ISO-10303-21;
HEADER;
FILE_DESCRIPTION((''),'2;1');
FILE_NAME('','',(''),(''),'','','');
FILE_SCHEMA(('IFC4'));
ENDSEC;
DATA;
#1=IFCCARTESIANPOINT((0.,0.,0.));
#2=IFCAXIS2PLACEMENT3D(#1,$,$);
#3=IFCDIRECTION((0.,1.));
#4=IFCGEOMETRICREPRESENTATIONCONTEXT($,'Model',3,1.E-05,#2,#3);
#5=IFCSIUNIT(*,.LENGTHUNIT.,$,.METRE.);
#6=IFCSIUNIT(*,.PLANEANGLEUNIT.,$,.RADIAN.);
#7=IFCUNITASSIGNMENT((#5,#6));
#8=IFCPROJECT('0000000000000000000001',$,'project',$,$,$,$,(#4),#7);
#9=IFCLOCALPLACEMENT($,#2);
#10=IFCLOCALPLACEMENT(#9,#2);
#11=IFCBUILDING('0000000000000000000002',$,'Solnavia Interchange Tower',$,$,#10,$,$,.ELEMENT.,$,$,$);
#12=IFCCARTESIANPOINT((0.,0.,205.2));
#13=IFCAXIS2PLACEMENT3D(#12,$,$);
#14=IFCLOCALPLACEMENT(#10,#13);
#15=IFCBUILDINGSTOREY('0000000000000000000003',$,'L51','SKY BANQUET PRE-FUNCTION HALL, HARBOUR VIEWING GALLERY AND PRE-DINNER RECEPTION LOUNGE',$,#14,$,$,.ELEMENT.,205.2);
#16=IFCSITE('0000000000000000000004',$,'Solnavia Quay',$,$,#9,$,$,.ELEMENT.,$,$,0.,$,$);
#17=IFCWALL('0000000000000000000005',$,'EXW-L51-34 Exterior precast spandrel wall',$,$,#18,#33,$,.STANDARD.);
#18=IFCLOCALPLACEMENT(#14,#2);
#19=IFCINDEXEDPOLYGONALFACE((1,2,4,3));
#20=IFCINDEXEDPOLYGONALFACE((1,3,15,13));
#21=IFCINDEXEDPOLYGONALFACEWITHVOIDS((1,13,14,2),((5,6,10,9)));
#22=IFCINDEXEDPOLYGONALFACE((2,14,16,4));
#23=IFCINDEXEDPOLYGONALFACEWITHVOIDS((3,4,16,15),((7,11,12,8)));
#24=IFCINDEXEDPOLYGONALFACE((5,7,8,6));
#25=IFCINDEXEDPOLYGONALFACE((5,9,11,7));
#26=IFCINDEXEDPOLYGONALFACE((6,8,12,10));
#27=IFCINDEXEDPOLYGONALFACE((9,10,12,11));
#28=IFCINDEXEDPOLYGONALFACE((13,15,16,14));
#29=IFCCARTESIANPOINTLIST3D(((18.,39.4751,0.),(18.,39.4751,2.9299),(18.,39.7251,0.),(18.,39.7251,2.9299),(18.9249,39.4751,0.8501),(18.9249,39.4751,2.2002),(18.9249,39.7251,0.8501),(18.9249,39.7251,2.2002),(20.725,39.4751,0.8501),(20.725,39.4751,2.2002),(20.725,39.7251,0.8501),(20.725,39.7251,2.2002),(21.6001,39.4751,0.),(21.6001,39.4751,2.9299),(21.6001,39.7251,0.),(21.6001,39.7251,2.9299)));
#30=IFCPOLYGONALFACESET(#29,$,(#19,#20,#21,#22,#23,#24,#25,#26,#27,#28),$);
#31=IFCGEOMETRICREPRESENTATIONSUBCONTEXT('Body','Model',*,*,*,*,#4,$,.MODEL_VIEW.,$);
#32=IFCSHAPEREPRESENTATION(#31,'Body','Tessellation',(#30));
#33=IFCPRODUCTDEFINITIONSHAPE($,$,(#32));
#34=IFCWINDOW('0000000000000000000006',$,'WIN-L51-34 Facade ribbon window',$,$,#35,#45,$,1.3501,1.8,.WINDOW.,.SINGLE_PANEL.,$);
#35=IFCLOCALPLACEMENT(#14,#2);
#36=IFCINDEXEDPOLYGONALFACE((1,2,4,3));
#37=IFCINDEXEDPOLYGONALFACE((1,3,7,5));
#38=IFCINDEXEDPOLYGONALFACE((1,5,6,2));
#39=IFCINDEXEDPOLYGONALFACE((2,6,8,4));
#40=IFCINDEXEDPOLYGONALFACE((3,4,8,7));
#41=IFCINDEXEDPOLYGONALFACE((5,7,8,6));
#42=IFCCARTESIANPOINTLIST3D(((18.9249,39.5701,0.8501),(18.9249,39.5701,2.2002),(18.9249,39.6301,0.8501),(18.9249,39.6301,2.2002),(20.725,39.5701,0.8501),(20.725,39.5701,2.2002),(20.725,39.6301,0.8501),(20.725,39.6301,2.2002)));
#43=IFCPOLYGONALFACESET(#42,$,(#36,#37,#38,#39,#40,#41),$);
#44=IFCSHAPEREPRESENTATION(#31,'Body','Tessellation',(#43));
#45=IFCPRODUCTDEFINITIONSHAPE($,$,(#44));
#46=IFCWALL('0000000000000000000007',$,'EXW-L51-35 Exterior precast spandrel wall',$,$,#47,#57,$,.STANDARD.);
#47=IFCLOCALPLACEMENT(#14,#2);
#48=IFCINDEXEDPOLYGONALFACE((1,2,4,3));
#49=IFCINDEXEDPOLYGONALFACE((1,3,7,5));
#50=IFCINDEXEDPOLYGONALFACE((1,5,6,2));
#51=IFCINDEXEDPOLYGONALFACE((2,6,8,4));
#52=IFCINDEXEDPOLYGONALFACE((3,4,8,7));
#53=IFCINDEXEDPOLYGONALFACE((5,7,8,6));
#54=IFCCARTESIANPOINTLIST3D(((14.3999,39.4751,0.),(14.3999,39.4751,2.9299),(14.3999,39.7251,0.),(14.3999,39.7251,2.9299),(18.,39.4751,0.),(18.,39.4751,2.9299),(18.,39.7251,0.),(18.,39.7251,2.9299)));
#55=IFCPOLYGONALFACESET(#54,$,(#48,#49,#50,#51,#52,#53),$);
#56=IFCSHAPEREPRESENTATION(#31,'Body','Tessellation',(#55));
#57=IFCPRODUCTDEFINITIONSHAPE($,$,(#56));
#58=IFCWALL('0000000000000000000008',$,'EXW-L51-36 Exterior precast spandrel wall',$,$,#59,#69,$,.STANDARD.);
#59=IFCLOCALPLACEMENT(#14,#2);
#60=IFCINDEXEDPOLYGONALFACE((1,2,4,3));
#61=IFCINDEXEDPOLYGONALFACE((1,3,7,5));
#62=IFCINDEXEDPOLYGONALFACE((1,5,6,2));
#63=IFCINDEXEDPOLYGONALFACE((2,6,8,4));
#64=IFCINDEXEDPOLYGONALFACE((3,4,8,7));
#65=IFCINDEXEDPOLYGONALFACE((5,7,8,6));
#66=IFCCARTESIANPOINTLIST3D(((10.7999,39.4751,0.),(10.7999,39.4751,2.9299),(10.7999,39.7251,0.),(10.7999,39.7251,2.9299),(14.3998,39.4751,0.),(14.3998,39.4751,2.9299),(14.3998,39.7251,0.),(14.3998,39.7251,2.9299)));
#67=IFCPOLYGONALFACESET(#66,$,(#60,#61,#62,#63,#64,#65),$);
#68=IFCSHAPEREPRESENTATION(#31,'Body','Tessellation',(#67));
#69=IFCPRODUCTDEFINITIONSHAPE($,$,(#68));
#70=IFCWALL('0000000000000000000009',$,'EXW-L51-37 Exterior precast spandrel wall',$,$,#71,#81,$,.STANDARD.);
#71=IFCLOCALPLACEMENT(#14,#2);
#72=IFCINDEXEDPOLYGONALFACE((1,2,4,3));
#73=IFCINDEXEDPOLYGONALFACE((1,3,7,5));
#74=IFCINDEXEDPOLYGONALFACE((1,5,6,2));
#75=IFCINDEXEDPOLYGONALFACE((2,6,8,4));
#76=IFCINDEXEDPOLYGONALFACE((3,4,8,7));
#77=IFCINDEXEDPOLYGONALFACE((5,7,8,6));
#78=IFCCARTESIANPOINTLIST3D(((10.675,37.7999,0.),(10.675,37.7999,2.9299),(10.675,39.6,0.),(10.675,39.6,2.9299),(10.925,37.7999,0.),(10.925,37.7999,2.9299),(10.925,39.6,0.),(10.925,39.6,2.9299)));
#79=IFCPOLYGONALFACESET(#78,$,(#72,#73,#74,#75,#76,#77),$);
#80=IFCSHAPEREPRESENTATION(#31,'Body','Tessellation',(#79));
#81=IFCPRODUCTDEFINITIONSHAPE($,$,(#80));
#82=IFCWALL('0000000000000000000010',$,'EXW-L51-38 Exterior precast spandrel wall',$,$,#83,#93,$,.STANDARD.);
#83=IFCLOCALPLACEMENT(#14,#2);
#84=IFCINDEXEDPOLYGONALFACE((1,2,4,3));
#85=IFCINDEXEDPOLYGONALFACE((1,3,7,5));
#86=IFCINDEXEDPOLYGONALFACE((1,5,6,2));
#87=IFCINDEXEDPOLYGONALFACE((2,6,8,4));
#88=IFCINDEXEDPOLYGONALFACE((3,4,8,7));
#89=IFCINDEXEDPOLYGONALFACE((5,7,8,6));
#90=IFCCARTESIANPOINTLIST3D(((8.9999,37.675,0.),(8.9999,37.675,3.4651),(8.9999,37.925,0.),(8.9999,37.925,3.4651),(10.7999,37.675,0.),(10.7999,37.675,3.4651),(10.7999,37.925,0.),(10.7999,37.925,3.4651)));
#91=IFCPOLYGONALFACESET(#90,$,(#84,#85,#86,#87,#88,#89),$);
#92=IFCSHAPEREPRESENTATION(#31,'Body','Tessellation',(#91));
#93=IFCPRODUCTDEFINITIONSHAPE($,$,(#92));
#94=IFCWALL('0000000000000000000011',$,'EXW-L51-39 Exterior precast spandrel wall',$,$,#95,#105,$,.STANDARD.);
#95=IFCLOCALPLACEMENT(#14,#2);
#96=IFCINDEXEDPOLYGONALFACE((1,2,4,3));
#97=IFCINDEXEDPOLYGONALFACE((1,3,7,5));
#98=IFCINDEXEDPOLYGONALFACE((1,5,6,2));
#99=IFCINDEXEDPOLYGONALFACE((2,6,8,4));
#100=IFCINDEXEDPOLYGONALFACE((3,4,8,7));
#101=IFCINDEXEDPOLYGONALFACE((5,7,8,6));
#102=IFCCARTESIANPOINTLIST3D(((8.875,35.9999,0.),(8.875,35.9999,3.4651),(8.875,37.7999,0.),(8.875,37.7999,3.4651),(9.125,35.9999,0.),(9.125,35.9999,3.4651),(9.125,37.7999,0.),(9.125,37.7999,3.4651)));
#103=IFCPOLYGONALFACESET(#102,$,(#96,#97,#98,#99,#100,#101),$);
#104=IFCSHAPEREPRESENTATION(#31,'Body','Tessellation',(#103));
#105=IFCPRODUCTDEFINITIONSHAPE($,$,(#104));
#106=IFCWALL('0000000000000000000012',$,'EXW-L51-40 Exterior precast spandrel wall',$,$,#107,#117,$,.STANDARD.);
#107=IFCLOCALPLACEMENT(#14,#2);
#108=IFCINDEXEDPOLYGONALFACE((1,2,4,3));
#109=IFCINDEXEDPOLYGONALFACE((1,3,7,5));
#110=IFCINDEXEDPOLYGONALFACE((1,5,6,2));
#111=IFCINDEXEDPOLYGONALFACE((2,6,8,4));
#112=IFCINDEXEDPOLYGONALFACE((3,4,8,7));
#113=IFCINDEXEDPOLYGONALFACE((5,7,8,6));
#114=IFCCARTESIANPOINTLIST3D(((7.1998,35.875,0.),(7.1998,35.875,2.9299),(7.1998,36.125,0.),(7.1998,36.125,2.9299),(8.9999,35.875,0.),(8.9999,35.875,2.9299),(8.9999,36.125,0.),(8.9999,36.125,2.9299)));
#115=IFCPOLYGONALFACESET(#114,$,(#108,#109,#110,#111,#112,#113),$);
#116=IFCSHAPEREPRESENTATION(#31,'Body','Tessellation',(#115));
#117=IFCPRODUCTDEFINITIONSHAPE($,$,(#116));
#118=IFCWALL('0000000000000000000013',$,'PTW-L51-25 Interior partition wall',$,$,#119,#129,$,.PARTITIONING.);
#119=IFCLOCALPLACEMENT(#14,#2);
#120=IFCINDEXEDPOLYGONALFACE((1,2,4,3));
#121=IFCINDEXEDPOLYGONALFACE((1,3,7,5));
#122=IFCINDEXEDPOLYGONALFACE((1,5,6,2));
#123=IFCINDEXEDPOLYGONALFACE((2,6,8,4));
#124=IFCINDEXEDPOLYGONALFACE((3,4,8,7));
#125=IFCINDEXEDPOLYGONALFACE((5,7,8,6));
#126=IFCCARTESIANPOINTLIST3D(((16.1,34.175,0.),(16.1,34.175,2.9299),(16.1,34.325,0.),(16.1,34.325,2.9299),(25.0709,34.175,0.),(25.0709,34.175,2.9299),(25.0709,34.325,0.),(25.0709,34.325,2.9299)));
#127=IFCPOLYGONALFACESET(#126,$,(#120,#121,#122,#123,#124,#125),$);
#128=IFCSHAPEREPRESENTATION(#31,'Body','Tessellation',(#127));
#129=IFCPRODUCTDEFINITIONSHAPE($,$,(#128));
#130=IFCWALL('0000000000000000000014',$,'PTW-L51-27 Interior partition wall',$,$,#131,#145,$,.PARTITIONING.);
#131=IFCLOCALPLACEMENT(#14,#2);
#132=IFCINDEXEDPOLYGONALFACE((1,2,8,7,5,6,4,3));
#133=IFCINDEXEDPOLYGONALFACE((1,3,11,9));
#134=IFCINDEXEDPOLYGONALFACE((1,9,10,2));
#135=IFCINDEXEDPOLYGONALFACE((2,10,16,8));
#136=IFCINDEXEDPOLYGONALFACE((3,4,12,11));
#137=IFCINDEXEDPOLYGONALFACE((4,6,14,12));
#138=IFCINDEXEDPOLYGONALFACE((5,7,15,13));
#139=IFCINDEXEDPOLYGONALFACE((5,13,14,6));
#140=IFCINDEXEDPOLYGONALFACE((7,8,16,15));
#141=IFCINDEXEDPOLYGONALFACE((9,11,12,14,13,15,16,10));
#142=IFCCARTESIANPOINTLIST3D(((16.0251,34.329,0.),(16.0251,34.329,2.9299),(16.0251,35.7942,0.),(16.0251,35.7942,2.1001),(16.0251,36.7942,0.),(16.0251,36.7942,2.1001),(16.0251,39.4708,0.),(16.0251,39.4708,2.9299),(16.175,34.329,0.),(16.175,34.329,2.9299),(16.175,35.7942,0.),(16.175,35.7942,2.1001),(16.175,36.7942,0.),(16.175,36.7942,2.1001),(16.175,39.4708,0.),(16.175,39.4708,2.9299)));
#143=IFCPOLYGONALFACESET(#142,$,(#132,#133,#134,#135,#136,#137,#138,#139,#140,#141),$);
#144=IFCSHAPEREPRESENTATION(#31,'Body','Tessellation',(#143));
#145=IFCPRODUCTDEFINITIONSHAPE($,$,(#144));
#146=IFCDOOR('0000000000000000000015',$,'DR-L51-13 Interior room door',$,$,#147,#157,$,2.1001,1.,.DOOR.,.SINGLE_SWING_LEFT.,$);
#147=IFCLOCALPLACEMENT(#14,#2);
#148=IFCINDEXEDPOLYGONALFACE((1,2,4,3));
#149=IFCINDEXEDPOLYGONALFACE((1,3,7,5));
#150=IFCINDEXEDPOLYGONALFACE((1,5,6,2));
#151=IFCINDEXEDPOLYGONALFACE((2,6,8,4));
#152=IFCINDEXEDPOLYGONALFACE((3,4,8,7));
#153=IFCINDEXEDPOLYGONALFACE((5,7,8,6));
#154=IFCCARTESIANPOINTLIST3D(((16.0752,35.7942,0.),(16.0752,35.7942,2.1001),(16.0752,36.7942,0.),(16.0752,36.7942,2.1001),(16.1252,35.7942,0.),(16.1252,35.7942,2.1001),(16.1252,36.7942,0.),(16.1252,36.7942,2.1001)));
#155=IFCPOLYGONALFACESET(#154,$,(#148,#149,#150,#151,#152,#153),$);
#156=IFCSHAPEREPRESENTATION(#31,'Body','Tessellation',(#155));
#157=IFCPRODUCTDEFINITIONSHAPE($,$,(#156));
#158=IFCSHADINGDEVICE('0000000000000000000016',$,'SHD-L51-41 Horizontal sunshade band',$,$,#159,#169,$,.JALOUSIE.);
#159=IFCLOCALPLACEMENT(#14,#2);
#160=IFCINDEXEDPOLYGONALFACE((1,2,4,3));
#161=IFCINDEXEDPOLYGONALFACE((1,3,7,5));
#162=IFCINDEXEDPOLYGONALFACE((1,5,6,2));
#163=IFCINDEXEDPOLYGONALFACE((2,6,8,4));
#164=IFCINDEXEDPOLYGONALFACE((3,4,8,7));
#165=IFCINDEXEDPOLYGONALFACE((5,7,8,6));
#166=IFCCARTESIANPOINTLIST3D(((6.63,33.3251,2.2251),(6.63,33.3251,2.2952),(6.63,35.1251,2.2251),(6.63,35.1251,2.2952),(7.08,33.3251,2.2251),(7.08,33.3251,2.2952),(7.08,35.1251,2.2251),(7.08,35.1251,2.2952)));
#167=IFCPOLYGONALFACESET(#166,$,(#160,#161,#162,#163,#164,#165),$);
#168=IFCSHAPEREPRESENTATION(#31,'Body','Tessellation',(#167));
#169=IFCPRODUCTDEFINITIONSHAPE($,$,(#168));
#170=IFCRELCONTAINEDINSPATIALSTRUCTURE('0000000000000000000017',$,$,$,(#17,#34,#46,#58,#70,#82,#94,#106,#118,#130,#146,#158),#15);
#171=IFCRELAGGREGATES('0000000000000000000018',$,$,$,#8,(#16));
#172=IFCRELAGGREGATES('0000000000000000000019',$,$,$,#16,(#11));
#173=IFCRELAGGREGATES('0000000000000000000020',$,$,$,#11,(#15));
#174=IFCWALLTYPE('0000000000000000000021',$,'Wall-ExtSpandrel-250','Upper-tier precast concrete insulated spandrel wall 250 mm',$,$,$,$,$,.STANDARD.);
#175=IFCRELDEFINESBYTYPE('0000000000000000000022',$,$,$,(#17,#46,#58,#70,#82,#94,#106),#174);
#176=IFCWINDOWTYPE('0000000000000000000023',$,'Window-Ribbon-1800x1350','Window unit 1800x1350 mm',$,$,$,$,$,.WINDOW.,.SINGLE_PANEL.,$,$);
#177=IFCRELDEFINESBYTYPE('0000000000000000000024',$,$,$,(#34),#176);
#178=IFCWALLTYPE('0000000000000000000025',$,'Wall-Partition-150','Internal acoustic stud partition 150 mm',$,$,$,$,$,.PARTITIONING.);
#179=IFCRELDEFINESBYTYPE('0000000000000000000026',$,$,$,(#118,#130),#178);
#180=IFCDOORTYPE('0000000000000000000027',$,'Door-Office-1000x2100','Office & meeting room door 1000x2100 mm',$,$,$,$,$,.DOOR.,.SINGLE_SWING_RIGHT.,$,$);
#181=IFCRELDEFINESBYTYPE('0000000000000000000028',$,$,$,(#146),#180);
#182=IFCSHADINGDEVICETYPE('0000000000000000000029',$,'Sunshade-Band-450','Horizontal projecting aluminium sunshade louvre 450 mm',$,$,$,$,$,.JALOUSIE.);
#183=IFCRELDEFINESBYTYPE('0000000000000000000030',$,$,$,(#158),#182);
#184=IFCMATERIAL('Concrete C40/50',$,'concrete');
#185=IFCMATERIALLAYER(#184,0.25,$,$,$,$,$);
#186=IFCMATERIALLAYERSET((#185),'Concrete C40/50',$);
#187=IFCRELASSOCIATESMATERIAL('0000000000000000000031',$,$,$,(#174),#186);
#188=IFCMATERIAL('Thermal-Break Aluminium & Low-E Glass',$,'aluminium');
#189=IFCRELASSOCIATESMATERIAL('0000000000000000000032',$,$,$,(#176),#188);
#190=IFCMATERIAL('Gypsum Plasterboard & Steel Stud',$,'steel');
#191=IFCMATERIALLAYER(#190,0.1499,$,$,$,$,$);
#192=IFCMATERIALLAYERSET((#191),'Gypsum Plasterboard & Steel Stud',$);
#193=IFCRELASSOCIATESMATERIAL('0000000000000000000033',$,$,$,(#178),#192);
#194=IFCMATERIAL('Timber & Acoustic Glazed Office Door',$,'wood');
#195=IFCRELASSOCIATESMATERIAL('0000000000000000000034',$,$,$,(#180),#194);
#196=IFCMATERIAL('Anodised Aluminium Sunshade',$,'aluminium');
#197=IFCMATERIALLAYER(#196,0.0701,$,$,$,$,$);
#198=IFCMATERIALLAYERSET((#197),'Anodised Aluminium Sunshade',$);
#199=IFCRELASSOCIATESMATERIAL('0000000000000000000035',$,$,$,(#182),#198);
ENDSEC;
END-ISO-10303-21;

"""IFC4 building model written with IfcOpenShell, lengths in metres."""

from ifc_helpers import new_model, si_unit, direction, frame, frame_2d, origin, origin_2d, place, context, subcontext, project, spatial, rectangle, extrude, material, layer, layer_set, type_object, element, fill, save


model = new_model("IFC4")

# Units and contexts
model_context = context("Model", 3, precision=1e-05, world=origin(), true_north=direction((0.0, 1.0)))
body_context = subcontext(model_context, "Body", "Model", "MODEL_VIEW")
ifc_project = project(units=[si_unit("LENGTHUNIT", "METRE"), si_unit("PLANEANGLEUNIT", "RADIAN")], contexts=[model_context])

# Site, building, storey
site_placement = place(None, origin())
site = spatial("IfcSite", under=ifc_project, at=site_placement, Name="Solnavia Quay", CompositionType="ELEMENT", RefElevation=0.0)
building_placement = place(site_placement, origin())
building = spatial("IfcBuilding", under=site, at=building_placement, Name="Solnavia Interchange Tower", CompositionType="ELEMENT")
storey_placement = place(building_placement, frame((0.0, 0.0, 205.2)))
storey = spatial("IfcBuildingStorey", under=building, at=storey_placement, Name="L51", Description="SKY BANQUET PRE-FUNCTION HALL, HARBOUR VIEWING GALLERY AND PRE-DINNER RECEPTION LOUNGE", CompositionType="ELEMENT", Elevation=205.2)

# Wall, opening, window
ifc_material_1 = material(Name="Concrete C40/50", Category="concrete")
ifc_layer_1 = layer(ifc_material_1, 0.25)
ifc_layer_set_1 = layer_set([ifc_layer_1], Name="Concrete C40/50")
wall_type_1 = type_object("IfcWallType", Name="Wall-ExtSpandrel-250", Description="Upper-tier precast concrete insulated spandrel wall 250 mm", PredefinedType="STANDARD", material=ifc_layer_set_1)
wall_1_placement = place(storey_placement, frame((18.0, 39.6001, 0.0), z_axis=(0.0, 0.0, 1.0), x_axis=(1.0, 0.0, 0.0)))
wall_1 = element("IfcWall", 1, at=wall_1_placement, inside=storey, type_object=wall_type_1, Name="EXW-L51-34 Exterior precast spandrel wall", PredefinedType="STANDARD", context=body_context, shape_type="SweptSolid", body=[
    extrude(rectangle(XDim=3.6001, YDim=0.25, at=frame_2d((1.8, 0.0))), origin(), (0.0, 0.0, 1.0), 2.9299),
])
opening_1_placement = place(wall_1_placement, frame((0.925, 0.0, 0.8501)))
opening_1 = element("IfcOpeningElement", 2, at=opening_1_placement, cuts=wall_1, PredefinedType="OPENING", context=body_context, shape_type="SweptSolid", body=[
    extrude(rectangle(XDim=1.8, YDim=1.3501, at=frame_2d((0.8999, 0.675))), frame((0.0, 0.135, 0.0), z_axis=(0.0, -1.0, 0.0), x_axis=(1.0, 0.0, 0.0)), (0.0, 0.0, 1.0), 0.27),
])
ifc_material_2 = material(Name="Thermal-Break Aluminium & Low-E Glass", Category="aluminium")
window_type = type_object("IfcWindowType", Name="Window-Ribbon-1800x1350", Description="Window unit 1800x1350 mm", PartitioningType="SINGLE_PANEL", PredefinedType="WINDOW", material=ifc_material_2)
window_placement = place(opening_1_placement, origin())
window = element("IfcWindow", 3, at=window_placement, inside=storey, type_object=window_type, Name="WIN-L51-34 Facade ribbon window", OverallHeight=1.3501, OverallWidth=1.8, PartitioningType="SINGLE_PANEL", PredefinedType="WINDOW", context=body_context, shape_type="SweptSolid", body=[
    extrude(rectangle(XDim=1.8, YDim=1.3501, at=frame_2d((0.8999, 0.675))), frame((0.0, 0.03, 0.0), z_axis=(0.0, -1.0, 0.0), x_axis=(1.0, 0.0, 0.0)), (0.0, 0.0, 1.0), 0.0601),
])
fill(opening_1, window)

# Walls
wall_2_placement = place(storey_placement, frame((14.3999, 39.6001, 0.0), z_axis=(0.0, 0.0, 1.0), x_axis=(1.0, 0.0, 0.0)))
element("IfcWall", 4, at=wall_2_placement, inside=storey, type_object=wall_type_1, Name="EXW-L51-35 Exterior precast spandrel wall", PredefinedType="STANDARD", context=body_context, shape_type="SweptSolid", body=[
    extrude(rectangle(XDim=3.6001, YDim=0.25, at=frame_2d((1.8, 0.0))), origin(), (0.0, 0.0, 1.0), 2.9299),
])
wall_3_placement = place(storey_placement, frame((10.8, 39.6001, 0.0), z_axis=(0.0, 0.0, 1.0), x_axis=(1.0, 0.0, 0.0)))
element("IfcWall", 5, at=wall_3_placement, inside=storey, type_object=wall_type_1, Name="EXW-L51-36 Exterior precast spandrel wall", PredefinedType="STANDARD", context=body_context, shape_type="SweptSolid", body=[
    extrude(rectangle(XDim=3.5999, YDim=0.25, at=frame_2d((1.7998, 0.0))), origin(), (0.0, 0.0, 1.0), 2.9299),
])
wall_4_placement = place(storey_placement, frame((10.8, 37.8, 0.0), z_axis=(0.0, 0.0, 1.0), x_axis=(0.0, 1.0, 0.0)))
element("IfcWall", 6, at=wall_4_placement, inside=storey, type_object=wall_type_1, Name="EXW-L51-37 Exterior precast spandrel wall", PredefinedType="STANDARD", context=body_context, shape_type="SweptSolid", body=[
    extrude(rectangle(XDim=1.8, YDim=0.25, at=frame_2d((0.8999, 0.0))), origin(), (0.0, 0.0, 1.0), 2.9299),
])
for number, where, z_axis, x_axis, name in (
    (7, (9.0, 37.8, 0.0), (0.0, 0.0, 1.0), (1.0, 0.0, 0.0), "EXW-L51-38 Exterior precast spandrel wall"),
    (8, (9.0, 36.0, 0.0), (0.0, 0.0, 1.0), (0.0, 1.0, 0.0), "EXW-L51-39 Exterior precast spandrel wall"),
):
    element("IfcWall", number, at=place(storey_placement, frame(where, z_axis=z_axis, x_axis=x_axis)), inside=storey, type_object=wall_type_1, Name=name, PredefinedType="STANDARD", context=body_context, shape_type="SweptSolid", body=[
        extrude(rectangle(XDim=1.8, YDim=0.25, at=frame_2d((0.8999, 0.0))), origin(), (0.0, 0.0, 1.0), 3.4651),
    ])
wall_5_placement = place(storey_placement, frame((7.2, 36.0, 0.0), z_axis=(0.0, 0.0, 1.0), x_axis=(1.0, 0.0, 0.0)))
element("IfcWall", 9, at=wall_5_placement, inside=storey, type_object=wall_type_1, Name="EXW-L51-40 Exterior precast spandrel wall", PredefinedType="STANDARD", context=body_context, shape_type="SweptSolid", body=[
    extrude(rectangle(XDim=1.8, YDim=0.25, at=frame_2d((0.8999, 0.0))), origin(), (0.0, 0.0, 1.0), 2.9299),
])
ifc_material_3 = material(Name="Gypsum Plasterboard & Steel Stud", Category="steel")
ifc_layer_2 = layer(ifc_material_3, 0.1499)
ifc_layer_set_2 = layer_set([ifc_layer_2], Name="Gypsum Plasterboard & Steel Stud")
wall_type_2 = type_object("IfcWallType", Name="Wall-Partition-150", Description="Internal acoustic stud partition 150 mm", PredefinedType="PARTITIONING", material=ifc_layer_set_2)
wall_6_placement = place(storey_placement, frame((16.1001, 34.25, 0.0), z_axis=(0.0, 0.0, 1.0), x_axis=(1.0, 0.0, 0.0)))
element("IfcWall", 10, at=wall_6_placement, inside=storey, type_object=wall_type_2, Name="PTW-L51-25 Interior partition wall", PredefinedType="PARTITIONING", context=body_context, shape_type="SweptSolid", body=[
    extrude(rectangle(XDim=8.9709, YDim=0.1499, at=frame_2d((4.4854, 0.0))), origin(), (0.0, 0.0, 1.0), 2.9299),
])

# Wall, opening, door
wall_7_placement = place(storey_placement, frame((16.1001, 34.3291, 0.0), z_axis=(0.0, 0.0, 1.0), x_axis=(0.0, 1.0, 0.0)))
wall_7 = element("IfcWall", 11, at=wall_7_placement, inside=storey, type_object=wall_type_2, Name="PTW-L51-27 Interior partition wall", PredefinedType="PARTITIONING", context=body_context, shape_type="SweptSolid", body=[
    extrude(rectangle(XDim=5.1418, YDim=0.1499, at=frame_2d((2.5708, 0.0))), origin(), (0.0, 0.0, 1.0), 2.9299),
])
opening_2_placement = place(wall_7_placement, frame((1.4651, 0.0, 0.0)))
opening_2 = element("IfcOpeningElement", 12, at=opening_2_placement, cuts=wall_7, PredefinedType="OPENING", context=body_context, shape_type="SweptSolid", body=[
    extrude(rectangle(XDim=1.0, YDim=2.1001, at=frame_2d((0.5, 1.05))), frame((0.0, 0.085, 0.0), z_axis=(0.0, -1.0, 0.0), x_axis=(1.0, 0.0, 0.0)), (0.0, 0.0, 1.0), 0.1699),
])
ifc_material_4 = material(Name="Timber & Acoustic Glazed Office Door", Category="wood")
door_type = type_object("IfcDoorType", Name="Door-Office-1000x2100", Description="Office & meeting room door 1000x2100 mm", OperationType="SINGLE_SWING_RIGHT", PredefinedType="DOOR", material=ifc_material_4)
door_placement = place(opening_2_placement, origin())
door = element("IfcDoor", 13, at=door_placement, inside=storey, type_object=door_type, Name="DR-L51-13 Interior room door", OperationType="SINGLE_SWING_LEFT", OverallHeight=2.1001, OverallWidth=1.0, PredefinedType="DOOR", context=body_context, shape_type="SweptSolid", body=[
    extrude(rectangle(XDim=1.0, YDim=2.1001, at=frame_2d((0.5, 1.05))), frame((0.0, 0.0249, 0.0), z_axis=(0.0, -1.0, 0.0), x_axis=(1.0, 0.0, 0.0)), (0.0, 0.0, 1.0), 0.05),
])
fill(opening_2, door)

# Shading device
ifc_material_5 = material(Name="Anodised Aluminium Sunshade", Category="aluminium")
ifc_layer_3 = layer(ifc_material_5, 0.0701)
ifc_layer_set_3 = layer_set([ifc_layer_3], Name="Anodised Aluminium Sunshade")
shading_device_type = type_object("IfcShadingDeviceType", Name="Sunshade-Band-450", Description="Horizontal projecting aluminium sunshade louvre 450 mm", PredefinedType="JALOUSIE", material=ifc_layer_set_3)
shading_device_placement = place(storey_placement, frame((6.855, 34.2251, 2.2251), z_axis=(0.0, 0.0, 1.0), x_axis=(0.0, 1.0, 0.0)))
element("IfcShadingDevice", 14, at=shading_device_placement, inside=storey, type_object=shading_device_type, Name="SHD-L51-41 Horizontal sunshade band", PredefinedType="JALOUSIE", context=body_context, shape_type="SweptSolid", body=[
    extrude(rectangle(XDim=1.8, YDim=0.45, at=origin_2d()), origin(), (0.0, 0.0, 1.0), 0.0701),
])

save(model, "model.ifc")
